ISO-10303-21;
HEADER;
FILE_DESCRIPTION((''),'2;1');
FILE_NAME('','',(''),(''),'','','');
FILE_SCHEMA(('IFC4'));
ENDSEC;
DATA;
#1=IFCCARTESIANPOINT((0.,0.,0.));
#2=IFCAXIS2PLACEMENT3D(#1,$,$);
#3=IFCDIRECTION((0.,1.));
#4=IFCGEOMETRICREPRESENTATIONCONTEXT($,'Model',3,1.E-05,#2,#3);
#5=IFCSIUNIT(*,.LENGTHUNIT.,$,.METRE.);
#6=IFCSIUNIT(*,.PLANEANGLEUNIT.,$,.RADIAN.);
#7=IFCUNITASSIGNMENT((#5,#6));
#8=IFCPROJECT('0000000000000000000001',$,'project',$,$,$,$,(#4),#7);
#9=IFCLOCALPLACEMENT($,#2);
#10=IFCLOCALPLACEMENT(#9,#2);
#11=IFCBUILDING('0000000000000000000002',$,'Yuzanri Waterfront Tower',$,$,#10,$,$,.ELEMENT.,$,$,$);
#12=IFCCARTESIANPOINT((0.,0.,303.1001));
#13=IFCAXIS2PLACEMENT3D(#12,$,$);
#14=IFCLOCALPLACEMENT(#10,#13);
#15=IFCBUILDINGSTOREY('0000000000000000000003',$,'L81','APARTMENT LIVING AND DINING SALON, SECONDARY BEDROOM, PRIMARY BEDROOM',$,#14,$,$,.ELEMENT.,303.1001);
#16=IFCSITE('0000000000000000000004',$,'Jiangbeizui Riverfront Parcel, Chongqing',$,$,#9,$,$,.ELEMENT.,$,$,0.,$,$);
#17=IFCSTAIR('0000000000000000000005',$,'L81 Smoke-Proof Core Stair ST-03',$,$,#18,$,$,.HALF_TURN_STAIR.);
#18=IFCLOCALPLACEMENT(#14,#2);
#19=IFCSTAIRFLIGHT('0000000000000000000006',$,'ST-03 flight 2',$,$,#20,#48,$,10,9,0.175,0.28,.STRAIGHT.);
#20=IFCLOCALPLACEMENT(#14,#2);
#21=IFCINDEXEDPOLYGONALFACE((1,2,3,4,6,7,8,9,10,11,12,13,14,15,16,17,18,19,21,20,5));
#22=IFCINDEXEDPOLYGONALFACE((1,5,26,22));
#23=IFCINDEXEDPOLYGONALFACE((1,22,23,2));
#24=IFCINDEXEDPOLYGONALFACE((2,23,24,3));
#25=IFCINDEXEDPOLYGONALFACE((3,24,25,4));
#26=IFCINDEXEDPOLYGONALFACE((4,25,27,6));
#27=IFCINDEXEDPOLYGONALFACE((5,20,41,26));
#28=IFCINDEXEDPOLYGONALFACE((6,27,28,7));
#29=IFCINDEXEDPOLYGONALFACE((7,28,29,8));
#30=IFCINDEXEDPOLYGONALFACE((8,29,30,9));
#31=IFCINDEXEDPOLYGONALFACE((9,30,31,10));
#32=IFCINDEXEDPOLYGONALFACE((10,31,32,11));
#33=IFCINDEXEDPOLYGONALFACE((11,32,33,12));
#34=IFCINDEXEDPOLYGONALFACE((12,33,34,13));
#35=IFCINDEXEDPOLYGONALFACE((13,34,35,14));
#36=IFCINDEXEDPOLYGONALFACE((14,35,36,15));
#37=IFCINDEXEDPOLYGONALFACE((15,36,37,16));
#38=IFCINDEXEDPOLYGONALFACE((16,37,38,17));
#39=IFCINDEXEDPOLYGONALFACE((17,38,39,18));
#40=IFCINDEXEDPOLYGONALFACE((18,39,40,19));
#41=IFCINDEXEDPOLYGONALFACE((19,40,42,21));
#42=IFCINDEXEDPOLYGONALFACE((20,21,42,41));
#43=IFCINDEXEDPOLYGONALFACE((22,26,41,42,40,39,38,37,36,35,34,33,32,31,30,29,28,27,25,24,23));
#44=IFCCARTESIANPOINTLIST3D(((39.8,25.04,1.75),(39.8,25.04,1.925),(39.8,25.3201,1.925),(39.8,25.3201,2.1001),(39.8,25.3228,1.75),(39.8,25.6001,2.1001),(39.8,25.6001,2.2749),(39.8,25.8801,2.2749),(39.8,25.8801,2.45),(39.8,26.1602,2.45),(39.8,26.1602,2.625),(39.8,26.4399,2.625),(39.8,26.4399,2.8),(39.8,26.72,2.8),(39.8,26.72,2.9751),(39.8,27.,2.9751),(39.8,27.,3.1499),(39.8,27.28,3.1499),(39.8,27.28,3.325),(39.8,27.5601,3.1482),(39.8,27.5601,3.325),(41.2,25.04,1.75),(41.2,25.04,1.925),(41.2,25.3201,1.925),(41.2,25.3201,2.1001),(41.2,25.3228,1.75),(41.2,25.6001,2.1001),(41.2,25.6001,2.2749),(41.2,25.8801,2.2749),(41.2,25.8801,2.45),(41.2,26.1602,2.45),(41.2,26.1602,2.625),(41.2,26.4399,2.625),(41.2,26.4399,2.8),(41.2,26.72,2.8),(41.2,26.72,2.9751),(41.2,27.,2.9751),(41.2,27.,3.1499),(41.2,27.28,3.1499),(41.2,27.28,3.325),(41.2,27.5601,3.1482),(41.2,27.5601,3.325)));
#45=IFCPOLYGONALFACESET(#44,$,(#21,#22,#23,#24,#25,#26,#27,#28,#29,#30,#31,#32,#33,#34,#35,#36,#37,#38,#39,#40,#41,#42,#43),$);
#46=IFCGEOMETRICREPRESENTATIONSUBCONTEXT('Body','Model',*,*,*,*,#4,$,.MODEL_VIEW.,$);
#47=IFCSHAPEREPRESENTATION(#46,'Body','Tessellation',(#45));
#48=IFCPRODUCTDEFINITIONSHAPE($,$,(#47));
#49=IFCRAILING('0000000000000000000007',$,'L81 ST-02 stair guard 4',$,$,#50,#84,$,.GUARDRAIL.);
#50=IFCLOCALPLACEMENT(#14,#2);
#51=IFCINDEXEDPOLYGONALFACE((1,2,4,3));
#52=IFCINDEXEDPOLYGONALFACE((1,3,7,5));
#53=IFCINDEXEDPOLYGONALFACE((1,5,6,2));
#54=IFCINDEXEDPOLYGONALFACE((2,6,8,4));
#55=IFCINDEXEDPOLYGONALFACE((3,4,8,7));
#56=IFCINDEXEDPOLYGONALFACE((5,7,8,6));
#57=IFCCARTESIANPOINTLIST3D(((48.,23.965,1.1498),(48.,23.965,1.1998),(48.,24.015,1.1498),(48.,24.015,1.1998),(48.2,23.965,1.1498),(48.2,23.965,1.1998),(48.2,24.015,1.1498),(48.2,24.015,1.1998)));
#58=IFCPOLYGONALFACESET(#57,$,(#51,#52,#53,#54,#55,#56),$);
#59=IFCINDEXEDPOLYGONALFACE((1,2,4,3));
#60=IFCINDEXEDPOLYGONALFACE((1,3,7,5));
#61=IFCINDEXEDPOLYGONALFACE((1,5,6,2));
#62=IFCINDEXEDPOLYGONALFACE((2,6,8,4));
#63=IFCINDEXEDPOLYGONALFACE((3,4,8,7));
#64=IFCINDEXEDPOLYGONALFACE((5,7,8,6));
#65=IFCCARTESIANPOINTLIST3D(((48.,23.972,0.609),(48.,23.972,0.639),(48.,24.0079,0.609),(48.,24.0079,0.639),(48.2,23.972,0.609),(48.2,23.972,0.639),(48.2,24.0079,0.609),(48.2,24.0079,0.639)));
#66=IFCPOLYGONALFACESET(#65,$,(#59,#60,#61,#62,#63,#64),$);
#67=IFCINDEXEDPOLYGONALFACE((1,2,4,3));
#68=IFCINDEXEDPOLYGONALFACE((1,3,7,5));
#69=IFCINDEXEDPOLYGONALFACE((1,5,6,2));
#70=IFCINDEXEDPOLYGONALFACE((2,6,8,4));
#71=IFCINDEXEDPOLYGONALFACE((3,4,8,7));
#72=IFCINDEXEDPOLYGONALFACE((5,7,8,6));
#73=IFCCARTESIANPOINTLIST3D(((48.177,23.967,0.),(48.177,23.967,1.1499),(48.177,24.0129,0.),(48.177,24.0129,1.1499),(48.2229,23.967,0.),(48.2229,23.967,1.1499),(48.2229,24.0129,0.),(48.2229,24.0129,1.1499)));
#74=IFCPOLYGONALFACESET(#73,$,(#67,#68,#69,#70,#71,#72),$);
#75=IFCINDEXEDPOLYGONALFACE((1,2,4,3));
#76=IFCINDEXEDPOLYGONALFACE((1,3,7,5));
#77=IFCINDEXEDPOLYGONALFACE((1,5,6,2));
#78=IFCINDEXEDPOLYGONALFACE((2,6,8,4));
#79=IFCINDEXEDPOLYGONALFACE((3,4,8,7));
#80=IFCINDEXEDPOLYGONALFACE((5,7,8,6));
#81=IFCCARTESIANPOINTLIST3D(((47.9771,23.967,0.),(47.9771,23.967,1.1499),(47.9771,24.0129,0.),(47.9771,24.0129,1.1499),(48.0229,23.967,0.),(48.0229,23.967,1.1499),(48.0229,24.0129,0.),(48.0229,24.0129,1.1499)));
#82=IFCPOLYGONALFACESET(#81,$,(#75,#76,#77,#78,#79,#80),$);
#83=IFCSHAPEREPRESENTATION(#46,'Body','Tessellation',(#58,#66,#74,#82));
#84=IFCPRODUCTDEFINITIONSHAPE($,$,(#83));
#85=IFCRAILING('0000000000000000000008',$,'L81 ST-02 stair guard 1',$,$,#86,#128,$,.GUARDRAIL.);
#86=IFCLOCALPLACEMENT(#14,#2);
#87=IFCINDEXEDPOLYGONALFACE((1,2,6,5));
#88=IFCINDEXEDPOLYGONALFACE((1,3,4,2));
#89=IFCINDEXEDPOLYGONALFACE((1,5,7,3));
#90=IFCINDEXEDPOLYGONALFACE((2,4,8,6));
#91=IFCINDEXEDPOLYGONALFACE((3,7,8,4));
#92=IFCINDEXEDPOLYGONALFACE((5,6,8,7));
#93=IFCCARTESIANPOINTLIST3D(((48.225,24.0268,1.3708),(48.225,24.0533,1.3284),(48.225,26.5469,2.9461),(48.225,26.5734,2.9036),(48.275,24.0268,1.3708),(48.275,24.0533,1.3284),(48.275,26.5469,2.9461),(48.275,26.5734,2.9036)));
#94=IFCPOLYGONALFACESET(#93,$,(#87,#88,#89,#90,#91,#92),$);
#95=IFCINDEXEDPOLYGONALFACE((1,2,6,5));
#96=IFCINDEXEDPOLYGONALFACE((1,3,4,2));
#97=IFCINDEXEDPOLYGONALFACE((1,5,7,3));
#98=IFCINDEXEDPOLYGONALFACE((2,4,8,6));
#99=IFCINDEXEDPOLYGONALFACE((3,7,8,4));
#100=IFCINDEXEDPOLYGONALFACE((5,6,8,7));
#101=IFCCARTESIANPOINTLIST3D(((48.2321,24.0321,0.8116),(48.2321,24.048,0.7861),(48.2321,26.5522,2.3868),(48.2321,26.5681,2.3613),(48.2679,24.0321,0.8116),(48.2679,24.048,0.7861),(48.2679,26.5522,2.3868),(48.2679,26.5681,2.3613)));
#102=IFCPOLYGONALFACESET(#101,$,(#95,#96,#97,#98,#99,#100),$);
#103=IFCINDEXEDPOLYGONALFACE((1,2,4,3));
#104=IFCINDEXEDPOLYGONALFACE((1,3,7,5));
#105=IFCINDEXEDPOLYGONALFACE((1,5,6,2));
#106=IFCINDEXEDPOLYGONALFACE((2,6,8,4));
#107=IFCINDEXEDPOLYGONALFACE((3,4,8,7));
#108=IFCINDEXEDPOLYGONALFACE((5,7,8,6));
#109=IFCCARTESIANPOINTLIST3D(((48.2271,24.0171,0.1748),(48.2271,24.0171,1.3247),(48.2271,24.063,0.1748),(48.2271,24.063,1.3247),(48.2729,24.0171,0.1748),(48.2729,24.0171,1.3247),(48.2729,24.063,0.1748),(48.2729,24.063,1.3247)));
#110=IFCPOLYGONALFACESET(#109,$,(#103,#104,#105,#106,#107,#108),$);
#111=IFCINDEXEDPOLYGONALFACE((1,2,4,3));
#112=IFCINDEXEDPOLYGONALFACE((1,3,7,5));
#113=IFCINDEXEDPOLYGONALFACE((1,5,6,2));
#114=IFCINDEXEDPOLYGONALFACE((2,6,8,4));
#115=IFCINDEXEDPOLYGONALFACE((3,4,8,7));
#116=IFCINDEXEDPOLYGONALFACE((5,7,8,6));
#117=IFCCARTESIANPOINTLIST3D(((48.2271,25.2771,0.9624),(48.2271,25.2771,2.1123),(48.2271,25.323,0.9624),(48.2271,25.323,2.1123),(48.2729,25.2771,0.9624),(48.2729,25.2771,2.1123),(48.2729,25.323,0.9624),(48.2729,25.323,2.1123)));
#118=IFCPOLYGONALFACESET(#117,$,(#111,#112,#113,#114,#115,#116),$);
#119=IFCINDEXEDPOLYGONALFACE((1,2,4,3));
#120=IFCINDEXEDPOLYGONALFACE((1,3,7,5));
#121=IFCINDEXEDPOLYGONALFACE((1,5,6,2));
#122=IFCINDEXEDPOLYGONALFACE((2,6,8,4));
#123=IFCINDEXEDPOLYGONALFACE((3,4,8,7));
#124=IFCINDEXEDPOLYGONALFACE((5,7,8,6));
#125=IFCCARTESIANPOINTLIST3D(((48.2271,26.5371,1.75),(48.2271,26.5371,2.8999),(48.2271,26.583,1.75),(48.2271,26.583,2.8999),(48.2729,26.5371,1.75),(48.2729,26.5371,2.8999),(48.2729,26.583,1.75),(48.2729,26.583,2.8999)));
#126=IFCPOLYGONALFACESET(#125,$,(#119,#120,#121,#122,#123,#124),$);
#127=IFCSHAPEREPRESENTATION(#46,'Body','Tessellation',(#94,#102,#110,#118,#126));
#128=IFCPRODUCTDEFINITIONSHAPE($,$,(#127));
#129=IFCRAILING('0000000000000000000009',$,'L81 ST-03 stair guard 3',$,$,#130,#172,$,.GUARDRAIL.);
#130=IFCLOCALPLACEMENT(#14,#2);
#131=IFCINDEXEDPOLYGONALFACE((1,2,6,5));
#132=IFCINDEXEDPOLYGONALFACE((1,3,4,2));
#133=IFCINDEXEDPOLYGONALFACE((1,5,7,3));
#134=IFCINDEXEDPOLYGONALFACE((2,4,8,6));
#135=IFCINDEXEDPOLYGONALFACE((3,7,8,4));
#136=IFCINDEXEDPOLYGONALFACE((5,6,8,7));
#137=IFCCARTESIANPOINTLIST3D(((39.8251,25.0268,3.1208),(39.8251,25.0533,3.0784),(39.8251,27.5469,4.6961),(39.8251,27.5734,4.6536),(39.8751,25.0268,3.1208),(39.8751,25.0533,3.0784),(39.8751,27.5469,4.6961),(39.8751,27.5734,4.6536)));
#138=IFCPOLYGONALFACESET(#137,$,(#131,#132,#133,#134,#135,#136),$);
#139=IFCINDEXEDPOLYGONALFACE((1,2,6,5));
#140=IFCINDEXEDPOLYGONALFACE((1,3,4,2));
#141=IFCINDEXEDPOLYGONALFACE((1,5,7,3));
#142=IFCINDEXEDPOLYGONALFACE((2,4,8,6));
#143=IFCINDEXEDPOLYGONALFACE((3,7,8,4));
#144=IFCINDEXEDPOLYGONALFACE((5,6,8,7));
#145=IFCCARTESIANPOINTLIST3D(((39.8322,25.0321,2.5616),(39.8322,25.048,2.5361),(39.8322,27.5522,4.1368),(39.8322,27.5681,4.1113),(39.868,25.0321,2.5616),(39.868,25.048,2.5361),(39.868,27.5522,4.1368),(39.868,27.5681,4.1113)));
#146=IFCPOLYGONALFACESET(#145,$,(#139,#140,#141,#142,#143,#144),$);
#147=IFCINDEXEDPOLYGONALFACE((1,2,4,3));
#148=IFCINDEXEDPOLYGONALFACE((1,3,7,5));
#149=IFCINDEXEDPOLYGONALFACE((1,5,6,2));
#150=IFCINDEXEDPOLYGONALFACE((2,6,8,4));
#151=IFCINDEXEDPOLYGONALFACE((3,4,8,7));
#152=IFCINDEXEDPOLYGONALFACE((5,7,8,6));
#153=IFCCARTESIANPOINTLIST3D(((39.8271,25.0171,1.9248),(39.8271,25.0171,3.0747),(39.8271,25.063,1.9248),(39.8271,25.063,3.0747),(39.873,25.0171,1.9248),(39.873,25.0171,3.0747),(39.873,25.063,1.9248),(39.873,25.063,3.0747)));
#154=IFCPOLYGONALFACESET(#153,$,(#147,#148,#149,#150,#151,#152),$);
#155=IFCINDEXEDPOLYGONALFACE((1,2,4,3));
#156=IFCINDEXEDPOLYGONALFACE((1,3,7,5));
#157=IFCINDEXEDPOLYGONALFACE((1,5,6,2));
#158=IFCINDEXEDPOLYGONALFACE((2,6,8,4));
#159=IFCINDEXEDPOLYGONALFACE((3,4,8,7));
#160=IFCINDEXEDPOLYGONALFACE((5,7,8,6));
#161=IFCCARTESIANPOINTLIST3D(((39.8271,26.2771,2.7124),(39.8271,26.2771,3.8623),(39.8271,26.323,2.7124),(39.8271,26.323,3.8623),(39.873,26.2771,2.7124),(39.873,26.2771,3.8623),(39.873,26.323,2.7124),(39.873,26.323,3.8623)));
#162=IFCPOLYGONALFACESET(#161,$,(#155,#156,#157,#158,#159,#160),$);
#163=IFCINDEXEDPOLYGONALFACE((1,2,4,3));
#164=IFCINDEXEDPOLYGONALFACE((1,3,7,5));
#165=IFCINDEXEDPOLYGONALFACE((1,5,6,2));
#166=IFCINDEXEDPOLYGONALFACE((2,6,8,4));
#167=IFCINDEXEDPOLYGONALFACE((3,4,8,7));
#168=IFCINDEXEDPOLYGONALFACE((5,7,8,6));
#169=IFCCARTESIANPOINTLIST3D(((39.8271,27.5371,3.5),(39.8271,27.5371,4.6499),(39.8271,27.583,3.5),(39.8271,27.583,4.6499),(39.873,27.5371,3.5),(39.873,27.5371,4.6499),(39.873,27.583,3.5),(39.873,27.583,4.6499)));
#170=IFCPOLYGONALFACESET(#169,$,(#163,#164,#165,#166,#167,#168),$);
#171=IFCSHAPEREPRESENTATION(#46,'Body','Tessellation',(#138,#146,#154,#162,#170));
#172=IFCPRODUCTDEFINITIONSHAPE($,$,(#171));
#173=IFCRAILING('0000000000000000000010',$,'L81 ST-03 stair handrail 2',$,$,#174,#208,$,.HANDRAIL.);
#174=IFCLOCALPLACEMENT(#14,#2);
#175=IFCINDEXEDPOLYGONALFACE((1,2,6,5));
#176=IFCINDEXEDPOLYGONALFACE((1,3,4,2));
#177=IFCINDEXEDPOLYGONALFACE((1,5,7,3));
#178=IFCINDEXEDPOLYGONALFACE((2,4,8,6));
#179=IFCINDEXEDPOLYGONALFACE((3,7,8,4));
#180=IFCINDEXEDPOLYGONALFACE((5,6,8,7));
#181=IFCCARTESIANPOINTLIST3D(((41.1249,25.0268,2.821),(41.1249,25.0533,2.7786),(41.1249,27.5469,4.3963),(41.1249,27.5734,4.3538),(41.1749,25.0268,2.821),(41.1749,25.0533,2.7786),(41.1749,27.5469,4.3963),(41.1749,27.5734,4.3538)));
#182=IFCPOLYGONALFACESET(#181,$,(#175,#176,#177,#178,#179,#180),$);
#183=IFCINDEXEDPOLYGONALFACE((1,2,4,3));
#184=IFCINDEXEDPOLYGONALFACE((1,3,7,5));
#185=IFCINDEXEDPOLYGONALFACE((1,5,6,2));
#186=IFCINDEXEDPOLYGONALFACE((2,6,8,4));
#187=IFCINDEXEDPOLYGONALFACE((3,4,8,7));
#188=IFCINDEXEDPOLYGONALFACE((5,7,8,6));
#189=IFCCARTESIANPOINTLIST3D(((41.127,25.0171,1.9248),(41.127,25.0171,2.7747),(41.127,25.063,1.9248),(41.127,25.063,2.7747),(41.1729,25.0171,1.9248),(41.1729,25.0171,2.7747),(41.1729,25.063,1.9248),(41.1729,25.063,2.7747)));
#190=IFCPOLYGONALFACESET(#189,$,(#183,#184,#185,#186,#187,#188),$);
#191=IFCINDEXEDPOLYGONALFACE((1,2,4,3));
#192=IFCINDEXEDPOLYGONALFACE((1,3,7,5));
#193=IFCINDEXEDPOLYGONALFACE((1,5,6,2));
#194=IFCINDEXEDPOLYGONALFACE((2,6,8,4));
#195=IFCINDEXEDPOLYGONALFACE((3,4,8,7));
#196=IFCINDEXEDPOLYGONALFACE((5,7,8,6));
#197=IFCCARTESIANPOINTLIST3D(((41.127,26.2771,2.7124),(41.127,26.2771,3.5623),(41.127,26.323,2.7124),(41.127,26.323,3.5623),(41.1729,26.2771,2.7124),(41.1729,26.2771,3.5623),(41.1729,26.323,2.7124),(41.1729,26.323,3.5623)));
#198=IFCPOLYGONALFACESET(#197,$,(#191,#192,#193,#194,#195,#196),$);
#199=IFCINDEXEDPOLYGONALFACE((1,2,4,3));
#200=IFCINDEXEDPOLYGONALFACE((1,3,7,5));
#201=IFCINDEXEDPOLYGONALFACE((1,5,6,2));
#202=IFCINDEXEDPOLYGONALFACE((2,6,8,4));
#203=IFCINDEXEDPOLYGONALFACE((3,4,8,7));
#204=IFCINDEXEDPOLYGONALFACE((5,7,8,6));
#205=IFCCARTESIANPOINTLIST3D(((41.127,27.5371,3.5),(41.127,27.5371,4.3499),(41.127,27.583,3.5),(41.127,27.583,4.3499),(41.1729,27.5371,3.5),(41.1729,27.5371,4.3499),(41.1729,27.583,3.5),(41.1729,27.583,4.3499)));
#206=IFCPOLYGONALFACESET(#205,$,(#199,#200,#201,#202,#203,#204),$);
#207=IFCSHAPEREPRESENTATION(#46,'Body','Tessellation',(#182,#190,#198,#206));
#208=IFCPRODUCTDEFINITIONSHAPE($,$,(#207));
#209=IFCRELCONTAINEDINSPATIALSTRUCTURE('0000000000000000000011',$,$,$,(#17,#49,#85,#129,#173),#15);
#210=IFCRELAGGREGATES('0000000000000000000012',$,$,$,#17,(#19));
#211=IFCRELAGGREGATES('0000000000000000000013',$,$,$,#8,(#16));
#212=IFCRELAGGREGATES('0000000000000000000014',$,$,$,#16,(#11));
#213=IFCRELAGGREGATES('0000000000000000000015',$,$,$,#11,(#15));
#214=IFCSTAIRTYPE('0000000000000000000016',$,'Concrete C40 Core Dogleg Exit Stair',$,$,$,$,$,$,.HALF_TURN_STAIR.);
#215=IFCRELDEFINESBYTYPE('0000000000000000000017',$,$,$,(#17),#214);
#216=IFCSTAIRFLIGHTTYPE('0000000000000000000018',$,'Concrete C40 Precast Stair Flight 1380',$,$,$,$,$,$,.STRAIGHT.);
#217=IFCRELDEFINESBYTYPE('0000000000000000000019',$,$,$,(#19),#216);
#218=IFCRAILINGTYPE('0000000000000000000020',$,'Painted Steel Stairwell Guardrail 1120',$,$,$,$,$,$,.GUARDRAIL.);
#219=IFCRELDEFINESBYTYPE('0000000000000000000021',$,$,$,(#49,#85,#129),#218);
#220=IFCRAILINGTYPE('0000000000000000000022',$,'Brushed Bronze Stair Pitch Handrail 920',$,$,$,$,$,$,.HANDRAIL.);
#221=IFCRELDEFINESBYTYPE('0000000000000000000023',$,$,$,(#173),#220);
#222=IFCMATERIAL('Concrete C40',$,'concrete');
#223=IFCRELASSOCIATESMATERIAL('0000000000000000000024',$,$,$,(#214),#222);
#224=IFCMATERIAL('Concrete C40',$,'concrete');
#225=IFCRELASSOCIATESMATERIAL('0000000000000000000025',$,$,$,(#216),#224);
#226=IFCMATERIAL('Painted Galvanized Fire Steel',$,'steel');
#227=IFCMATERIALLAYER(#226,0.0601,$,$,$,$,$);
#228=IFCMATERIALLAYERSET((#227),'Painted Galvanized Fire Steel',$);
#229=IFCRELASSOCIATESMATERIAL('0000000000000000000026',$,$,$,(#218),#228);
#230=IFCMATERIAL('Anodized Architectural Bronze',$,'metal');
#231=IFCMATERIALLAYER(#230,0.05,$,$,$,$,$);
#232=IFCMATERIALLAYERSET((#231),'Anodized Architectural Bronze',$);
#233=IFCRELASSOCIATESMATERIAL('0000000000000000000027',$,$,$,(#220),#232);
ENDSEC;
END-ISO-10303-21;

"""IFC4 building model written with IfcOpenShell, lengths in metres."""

from ifc_helpers import new_model, si_unit, direction, frame, origin, origin_2d, place, context, subcontext, project, spatial, polyline, rectangle, outline, extrude, source, transform, mapped, material, layer, layer_set, type_object, element, aggregate, save


model = new_model("IFC4")

# Units and contexts
model_context = context("Model", 3, precision=1e-05, world=origin(), true_north=direction((0.0, 1.0)))
body_context = subcontext(model_context, "Body", "Model", "MODEL_VIEW")
ifc_project = project(units=[si_unit("LENGTHUNIT", "METRE"), si_unit("PLANEANGLEUNIT", "RADIAN")], contexts=[model_context])

# Site, building, storey
site_placement = place(None, origin())
site = spatial("IfcSite", under=ifc_project, at=site_placement, Name="Jiangbeizui Riverfront Parcel, Chongqing", CompositionType="ELEMENT", RefElevation=0.0)
building_placement = place(site_placement, origin())
building = spatial("IfcBuilding", under=site, at=building_placement, Name="Yuzanri Waterfront Tower", CompositionType="ELEMENT")
storey_placement = place(building_placement, frame((0.0, 0.0, 303.1001)))
storey = spatial("IfcBuildingStorey", under=building, at=storey_placement, Name="L81", Description="APARTMENT LIVING AND DINING SALON, SECONDARY BEDROOM, PRIMARY BEDROOM", CompositionType="ELEMENT", Elevation=303.1001)

# Stair, stair flight
ifc_material_1 = material(Name="Concrete C40", Category="concrete")
stair_type = type_object("IfcStairType", Name="Concrete C40 Core Dogleg Exit Stair", PredefinedType="HALF_TURN_STAIR", material=ifc_material_1)
stair_placement = place(storey_placement, origin())
stair = element("IfcStair", 1, at=stair_placement, inside=storey, type_object=stair_type, Name="L81 Smoke-Proof Core Stair ST-03", PredefinedType="HALF_TURN_STAIR")
ifc_material_2 = material(Name="Concrete C40", Category="concrete")
stair_flight_type = type_object("IfcStairFlightType", Name="Concrete C40 Precast Stair Flight 1380", PredefinedType="STRAIGHT", material=ifc_material_2)
shared_shape_1 = source(origin(), body_context, "Body", "SweptSolid", [
    extrude(outline(polyline([(0.0, 0.0), (0.0, 0.175), (0.28, 0.175), (0.28, 0.3501), (0.5601, 0.3501), (0.5601, 0.5249), (0.8401, 0.5249), (0.8401, 0.7), (1.1201, 0.7), (1.1201, 0.875), (1.3999, 0.875), (1.3999, 1.05), (1.6799, 1.05), (1.6799, 1.2251), (1.96, 1.2251), (1.96, 1.3999), (2.24, 1.3999), (2.24, 1.575), (2.52, 1.575), (2.52, 1.75), (2.52, 1.3982), (0.2827, 0.0), (0.0, 0.0)])), frame((0.0, 0.7, 0.0), z_axis=(0.0, -1.0, 0.0), x_axis=(1.0, 0.0, 0.0)), (0.0, 0.0, 1.0), 1.3999),
])
stair_flight_placement = place(storey_placement, frame((40.5, 25.04, 1.75), z_axis=(0.0, 0.0, 1.0), x_axis=(0.0, 1.0, 0.0)))
stair_flight = element("IfcStairFlight", 2, at=stair_flight_placement, type_object=stair_flight_type, Name="ST-03 flight 2", NumberOfRisers=10, NumberOfTreads=9, PredefinedType="STRAIGHT", RiserHeight=0.175, TreadLength=0.28, context=body_context, shape_type="MappedRepresentation", body=[
    mapped(shared_shape_1, transform((0.0, 0.0, 0.0), scale=1.0)),
])
aggregate(stair, [stair_flight])

# Railings
ifc_material_3 = material(Name="Painted Galvanized Fire Steel", Category="steel")
ifc_layer_1 = layer(ifc_material_3, 0.0601)
ifc_layer_set_1 = layer_set([ifc_layer_1], Name="Painted Galvanized Fire Steel")
railing_type_1 = type_object("IfcRailingType", Name="Painted Steel Stairwell Guardrail 1120", PredefinedType="GUARDRAIL", material=ifc_layer_set_1)
shared_shape_2 = source(origin(), body_context, "Body", "SweptSolid", [
    extrude(rectangle(XDim=0.05, YDim=0.05, at=origin_2d()), frame((0.0, 0.0, 1.1748), z_axis=(-1.0, 0.0, 0.0), x_axis=(0.0, -1.0, 0.0)), (0.0, 0.0, 1.0), 0.2),
    extrude(rectangle(XDim=0.0359, YDim=0.03, at=origin_2d()), frame((0.0, 0.0, 0.624), z_axis=(-1.0, 0.0, 0.0), x_axis=(0.0, -1.0, 0.0)), (0.0, 0.0, 1.0), 0.2),
    extrude(rectangle(XDim=0.0459, YDim=0.0459, at=origin_2d()), origin(), (0.0, 0.0, 1.0), 1.1499),
    extrude(rectangle(XDim=0.0459, YDim=0.0459, at=origin_2d()), frame((-0.2, 0.0, 0.0)), (0.0, 0.0, 1.0), 1.1499),
])
railing_1_placement = place(storey_placement, frame((48.2, 23.99, 0.0)))
element("IfcRailing", 3, at=railing_1_placement, inside=storey, type_object=railing_type_1, Name="L81 ST-02 stair guard 4", PredefinedType="GUARDRAIL", context=body_context, shape_type="MappedRepresentation", body=[
    mapped(shared_shape_2, transform((0.0, 0.0, 0.0), scale=1.0)),
])
shared_shape_3 = source(origin(), body_context, "Body", "SweptSolid", [
    extrude(rectangle(XDim=0.05, YDim=0.05, at=origin_2d()), frame((0.0, 0.0, 1.1748), z_axis=(0.0, 0.847971, 0.530043), x_axis=(-1.0, 0.0, 0.0)), (0.0, 0.0, 1.0), 2.9719),
    extrude(rectangle(XDim=0.0359, YDim=0.03, at=origin_2d()), frame((0.0, 0.0, 0.624), z_axis=(0.0, 0.847971, 0.530043), x_axis=(-1.0, 0.0, 0.0)), (0.0, 0.0, 1.0), 2.9719),
    extrude(rectangle(XDim=0.0459, YDim=0.0459, at=origin_2d()), origin(), (0.0, 0.0, 1.0), 1.1499),
    extrude(rectangle(XDim=0.0459, YDim=0.0459, at=origin_2d()), frame((0.0, 1.26, 0.7876)), (0.0, 0.0, 1.0), 1.1499),
    extrude(rectangle(XDim=0.0459, YDim=0.0459, at=origin_2d()), frame((0.0, 2.52, 1.5752)), (0.0, 0.0, 1.0), 1.1499),
])
for number, where, name in (
    (4, (48.25, 24.04, 0.1748), "L81 ST-02 stair guard 1"),
    (5, (39.8501, 25.04, 1.9248), "L81 ST-03 stair guard 3"),
):
    element("IfcRailing", number, at=place(storey_placement, frame(where)), inside=storey, type_object=railing_type_1, Name=name, PredefinedType="GUARDRAIL", context=body_context, shape_type="MappedRepresentation", body=[
        mapped(shared_shape_3, transform((0.0, 0.0, 0.0), scale=1.0)),
    ])
ifc_material_4 = material(Name="Anodized Architectural Bronze", Category="metal")
ifc_layer_2 = layer(ifc_material_4, 0.05)
ifc_layer_set_2 = layer_set([ifc_layer_2], Name="Anodized Architectural Bronze")
railing_type_2 = type_object("IfcRailingType", Name="Brushed Bronze Stair Pitch Handrail 920", PredefinedType="HANDRAIL", material=ifc_layer_set_2)
shared_shape_4 = source(origin(), body_context, "Body", "SweptSolid", [
    extrude(rectangle(XDim=0.05, YDim=0.05, at=origin_2d()), frame((0.0, 0.0, 0.875), z_axis=(0.0, 0.847971, 0.530043), x_axis=(-1.0, 0.0, 0.0)), (0.0, 0.0, 1.0), 2.9719),
    extrude(rectangle(XDim=0.0459, YDim=0.0459, at=origin_2d()), origin(), (0.0, 0.0, 1.0), 0.8499),
    extrude(rectangle(XDim=0.0459, YDim=0.0459, at=origin_2d()), frame((0.0, 1.26, 0.7876)), (0.0, 0.0, 1.0), 0.8499),
    extrude(rectangle(XDim=0.0459, YDim=0.0459, at=origin_2d()), frame((0.0, 2.52, 1.5752)), (0.0, 0.0, 1.0), 0.8499),
])
railing_2_placement = place(storey_placement, frame((41.1499, 25.04, 1.9248)))
element("IfcRailing", 6, at=railing_2_placement, inside=storey, type_object=railing_type_2, Name="L81 ST-03 stair handrail 2", PredefinedType="HANDRAIL", context=body_context, shape_type="MappedRepresentation", body=[
    mapped(shared_shape_4, transform((0.0, 0.0, 0.0), scale=1.0)),
])

save(model, "model.ifc")
